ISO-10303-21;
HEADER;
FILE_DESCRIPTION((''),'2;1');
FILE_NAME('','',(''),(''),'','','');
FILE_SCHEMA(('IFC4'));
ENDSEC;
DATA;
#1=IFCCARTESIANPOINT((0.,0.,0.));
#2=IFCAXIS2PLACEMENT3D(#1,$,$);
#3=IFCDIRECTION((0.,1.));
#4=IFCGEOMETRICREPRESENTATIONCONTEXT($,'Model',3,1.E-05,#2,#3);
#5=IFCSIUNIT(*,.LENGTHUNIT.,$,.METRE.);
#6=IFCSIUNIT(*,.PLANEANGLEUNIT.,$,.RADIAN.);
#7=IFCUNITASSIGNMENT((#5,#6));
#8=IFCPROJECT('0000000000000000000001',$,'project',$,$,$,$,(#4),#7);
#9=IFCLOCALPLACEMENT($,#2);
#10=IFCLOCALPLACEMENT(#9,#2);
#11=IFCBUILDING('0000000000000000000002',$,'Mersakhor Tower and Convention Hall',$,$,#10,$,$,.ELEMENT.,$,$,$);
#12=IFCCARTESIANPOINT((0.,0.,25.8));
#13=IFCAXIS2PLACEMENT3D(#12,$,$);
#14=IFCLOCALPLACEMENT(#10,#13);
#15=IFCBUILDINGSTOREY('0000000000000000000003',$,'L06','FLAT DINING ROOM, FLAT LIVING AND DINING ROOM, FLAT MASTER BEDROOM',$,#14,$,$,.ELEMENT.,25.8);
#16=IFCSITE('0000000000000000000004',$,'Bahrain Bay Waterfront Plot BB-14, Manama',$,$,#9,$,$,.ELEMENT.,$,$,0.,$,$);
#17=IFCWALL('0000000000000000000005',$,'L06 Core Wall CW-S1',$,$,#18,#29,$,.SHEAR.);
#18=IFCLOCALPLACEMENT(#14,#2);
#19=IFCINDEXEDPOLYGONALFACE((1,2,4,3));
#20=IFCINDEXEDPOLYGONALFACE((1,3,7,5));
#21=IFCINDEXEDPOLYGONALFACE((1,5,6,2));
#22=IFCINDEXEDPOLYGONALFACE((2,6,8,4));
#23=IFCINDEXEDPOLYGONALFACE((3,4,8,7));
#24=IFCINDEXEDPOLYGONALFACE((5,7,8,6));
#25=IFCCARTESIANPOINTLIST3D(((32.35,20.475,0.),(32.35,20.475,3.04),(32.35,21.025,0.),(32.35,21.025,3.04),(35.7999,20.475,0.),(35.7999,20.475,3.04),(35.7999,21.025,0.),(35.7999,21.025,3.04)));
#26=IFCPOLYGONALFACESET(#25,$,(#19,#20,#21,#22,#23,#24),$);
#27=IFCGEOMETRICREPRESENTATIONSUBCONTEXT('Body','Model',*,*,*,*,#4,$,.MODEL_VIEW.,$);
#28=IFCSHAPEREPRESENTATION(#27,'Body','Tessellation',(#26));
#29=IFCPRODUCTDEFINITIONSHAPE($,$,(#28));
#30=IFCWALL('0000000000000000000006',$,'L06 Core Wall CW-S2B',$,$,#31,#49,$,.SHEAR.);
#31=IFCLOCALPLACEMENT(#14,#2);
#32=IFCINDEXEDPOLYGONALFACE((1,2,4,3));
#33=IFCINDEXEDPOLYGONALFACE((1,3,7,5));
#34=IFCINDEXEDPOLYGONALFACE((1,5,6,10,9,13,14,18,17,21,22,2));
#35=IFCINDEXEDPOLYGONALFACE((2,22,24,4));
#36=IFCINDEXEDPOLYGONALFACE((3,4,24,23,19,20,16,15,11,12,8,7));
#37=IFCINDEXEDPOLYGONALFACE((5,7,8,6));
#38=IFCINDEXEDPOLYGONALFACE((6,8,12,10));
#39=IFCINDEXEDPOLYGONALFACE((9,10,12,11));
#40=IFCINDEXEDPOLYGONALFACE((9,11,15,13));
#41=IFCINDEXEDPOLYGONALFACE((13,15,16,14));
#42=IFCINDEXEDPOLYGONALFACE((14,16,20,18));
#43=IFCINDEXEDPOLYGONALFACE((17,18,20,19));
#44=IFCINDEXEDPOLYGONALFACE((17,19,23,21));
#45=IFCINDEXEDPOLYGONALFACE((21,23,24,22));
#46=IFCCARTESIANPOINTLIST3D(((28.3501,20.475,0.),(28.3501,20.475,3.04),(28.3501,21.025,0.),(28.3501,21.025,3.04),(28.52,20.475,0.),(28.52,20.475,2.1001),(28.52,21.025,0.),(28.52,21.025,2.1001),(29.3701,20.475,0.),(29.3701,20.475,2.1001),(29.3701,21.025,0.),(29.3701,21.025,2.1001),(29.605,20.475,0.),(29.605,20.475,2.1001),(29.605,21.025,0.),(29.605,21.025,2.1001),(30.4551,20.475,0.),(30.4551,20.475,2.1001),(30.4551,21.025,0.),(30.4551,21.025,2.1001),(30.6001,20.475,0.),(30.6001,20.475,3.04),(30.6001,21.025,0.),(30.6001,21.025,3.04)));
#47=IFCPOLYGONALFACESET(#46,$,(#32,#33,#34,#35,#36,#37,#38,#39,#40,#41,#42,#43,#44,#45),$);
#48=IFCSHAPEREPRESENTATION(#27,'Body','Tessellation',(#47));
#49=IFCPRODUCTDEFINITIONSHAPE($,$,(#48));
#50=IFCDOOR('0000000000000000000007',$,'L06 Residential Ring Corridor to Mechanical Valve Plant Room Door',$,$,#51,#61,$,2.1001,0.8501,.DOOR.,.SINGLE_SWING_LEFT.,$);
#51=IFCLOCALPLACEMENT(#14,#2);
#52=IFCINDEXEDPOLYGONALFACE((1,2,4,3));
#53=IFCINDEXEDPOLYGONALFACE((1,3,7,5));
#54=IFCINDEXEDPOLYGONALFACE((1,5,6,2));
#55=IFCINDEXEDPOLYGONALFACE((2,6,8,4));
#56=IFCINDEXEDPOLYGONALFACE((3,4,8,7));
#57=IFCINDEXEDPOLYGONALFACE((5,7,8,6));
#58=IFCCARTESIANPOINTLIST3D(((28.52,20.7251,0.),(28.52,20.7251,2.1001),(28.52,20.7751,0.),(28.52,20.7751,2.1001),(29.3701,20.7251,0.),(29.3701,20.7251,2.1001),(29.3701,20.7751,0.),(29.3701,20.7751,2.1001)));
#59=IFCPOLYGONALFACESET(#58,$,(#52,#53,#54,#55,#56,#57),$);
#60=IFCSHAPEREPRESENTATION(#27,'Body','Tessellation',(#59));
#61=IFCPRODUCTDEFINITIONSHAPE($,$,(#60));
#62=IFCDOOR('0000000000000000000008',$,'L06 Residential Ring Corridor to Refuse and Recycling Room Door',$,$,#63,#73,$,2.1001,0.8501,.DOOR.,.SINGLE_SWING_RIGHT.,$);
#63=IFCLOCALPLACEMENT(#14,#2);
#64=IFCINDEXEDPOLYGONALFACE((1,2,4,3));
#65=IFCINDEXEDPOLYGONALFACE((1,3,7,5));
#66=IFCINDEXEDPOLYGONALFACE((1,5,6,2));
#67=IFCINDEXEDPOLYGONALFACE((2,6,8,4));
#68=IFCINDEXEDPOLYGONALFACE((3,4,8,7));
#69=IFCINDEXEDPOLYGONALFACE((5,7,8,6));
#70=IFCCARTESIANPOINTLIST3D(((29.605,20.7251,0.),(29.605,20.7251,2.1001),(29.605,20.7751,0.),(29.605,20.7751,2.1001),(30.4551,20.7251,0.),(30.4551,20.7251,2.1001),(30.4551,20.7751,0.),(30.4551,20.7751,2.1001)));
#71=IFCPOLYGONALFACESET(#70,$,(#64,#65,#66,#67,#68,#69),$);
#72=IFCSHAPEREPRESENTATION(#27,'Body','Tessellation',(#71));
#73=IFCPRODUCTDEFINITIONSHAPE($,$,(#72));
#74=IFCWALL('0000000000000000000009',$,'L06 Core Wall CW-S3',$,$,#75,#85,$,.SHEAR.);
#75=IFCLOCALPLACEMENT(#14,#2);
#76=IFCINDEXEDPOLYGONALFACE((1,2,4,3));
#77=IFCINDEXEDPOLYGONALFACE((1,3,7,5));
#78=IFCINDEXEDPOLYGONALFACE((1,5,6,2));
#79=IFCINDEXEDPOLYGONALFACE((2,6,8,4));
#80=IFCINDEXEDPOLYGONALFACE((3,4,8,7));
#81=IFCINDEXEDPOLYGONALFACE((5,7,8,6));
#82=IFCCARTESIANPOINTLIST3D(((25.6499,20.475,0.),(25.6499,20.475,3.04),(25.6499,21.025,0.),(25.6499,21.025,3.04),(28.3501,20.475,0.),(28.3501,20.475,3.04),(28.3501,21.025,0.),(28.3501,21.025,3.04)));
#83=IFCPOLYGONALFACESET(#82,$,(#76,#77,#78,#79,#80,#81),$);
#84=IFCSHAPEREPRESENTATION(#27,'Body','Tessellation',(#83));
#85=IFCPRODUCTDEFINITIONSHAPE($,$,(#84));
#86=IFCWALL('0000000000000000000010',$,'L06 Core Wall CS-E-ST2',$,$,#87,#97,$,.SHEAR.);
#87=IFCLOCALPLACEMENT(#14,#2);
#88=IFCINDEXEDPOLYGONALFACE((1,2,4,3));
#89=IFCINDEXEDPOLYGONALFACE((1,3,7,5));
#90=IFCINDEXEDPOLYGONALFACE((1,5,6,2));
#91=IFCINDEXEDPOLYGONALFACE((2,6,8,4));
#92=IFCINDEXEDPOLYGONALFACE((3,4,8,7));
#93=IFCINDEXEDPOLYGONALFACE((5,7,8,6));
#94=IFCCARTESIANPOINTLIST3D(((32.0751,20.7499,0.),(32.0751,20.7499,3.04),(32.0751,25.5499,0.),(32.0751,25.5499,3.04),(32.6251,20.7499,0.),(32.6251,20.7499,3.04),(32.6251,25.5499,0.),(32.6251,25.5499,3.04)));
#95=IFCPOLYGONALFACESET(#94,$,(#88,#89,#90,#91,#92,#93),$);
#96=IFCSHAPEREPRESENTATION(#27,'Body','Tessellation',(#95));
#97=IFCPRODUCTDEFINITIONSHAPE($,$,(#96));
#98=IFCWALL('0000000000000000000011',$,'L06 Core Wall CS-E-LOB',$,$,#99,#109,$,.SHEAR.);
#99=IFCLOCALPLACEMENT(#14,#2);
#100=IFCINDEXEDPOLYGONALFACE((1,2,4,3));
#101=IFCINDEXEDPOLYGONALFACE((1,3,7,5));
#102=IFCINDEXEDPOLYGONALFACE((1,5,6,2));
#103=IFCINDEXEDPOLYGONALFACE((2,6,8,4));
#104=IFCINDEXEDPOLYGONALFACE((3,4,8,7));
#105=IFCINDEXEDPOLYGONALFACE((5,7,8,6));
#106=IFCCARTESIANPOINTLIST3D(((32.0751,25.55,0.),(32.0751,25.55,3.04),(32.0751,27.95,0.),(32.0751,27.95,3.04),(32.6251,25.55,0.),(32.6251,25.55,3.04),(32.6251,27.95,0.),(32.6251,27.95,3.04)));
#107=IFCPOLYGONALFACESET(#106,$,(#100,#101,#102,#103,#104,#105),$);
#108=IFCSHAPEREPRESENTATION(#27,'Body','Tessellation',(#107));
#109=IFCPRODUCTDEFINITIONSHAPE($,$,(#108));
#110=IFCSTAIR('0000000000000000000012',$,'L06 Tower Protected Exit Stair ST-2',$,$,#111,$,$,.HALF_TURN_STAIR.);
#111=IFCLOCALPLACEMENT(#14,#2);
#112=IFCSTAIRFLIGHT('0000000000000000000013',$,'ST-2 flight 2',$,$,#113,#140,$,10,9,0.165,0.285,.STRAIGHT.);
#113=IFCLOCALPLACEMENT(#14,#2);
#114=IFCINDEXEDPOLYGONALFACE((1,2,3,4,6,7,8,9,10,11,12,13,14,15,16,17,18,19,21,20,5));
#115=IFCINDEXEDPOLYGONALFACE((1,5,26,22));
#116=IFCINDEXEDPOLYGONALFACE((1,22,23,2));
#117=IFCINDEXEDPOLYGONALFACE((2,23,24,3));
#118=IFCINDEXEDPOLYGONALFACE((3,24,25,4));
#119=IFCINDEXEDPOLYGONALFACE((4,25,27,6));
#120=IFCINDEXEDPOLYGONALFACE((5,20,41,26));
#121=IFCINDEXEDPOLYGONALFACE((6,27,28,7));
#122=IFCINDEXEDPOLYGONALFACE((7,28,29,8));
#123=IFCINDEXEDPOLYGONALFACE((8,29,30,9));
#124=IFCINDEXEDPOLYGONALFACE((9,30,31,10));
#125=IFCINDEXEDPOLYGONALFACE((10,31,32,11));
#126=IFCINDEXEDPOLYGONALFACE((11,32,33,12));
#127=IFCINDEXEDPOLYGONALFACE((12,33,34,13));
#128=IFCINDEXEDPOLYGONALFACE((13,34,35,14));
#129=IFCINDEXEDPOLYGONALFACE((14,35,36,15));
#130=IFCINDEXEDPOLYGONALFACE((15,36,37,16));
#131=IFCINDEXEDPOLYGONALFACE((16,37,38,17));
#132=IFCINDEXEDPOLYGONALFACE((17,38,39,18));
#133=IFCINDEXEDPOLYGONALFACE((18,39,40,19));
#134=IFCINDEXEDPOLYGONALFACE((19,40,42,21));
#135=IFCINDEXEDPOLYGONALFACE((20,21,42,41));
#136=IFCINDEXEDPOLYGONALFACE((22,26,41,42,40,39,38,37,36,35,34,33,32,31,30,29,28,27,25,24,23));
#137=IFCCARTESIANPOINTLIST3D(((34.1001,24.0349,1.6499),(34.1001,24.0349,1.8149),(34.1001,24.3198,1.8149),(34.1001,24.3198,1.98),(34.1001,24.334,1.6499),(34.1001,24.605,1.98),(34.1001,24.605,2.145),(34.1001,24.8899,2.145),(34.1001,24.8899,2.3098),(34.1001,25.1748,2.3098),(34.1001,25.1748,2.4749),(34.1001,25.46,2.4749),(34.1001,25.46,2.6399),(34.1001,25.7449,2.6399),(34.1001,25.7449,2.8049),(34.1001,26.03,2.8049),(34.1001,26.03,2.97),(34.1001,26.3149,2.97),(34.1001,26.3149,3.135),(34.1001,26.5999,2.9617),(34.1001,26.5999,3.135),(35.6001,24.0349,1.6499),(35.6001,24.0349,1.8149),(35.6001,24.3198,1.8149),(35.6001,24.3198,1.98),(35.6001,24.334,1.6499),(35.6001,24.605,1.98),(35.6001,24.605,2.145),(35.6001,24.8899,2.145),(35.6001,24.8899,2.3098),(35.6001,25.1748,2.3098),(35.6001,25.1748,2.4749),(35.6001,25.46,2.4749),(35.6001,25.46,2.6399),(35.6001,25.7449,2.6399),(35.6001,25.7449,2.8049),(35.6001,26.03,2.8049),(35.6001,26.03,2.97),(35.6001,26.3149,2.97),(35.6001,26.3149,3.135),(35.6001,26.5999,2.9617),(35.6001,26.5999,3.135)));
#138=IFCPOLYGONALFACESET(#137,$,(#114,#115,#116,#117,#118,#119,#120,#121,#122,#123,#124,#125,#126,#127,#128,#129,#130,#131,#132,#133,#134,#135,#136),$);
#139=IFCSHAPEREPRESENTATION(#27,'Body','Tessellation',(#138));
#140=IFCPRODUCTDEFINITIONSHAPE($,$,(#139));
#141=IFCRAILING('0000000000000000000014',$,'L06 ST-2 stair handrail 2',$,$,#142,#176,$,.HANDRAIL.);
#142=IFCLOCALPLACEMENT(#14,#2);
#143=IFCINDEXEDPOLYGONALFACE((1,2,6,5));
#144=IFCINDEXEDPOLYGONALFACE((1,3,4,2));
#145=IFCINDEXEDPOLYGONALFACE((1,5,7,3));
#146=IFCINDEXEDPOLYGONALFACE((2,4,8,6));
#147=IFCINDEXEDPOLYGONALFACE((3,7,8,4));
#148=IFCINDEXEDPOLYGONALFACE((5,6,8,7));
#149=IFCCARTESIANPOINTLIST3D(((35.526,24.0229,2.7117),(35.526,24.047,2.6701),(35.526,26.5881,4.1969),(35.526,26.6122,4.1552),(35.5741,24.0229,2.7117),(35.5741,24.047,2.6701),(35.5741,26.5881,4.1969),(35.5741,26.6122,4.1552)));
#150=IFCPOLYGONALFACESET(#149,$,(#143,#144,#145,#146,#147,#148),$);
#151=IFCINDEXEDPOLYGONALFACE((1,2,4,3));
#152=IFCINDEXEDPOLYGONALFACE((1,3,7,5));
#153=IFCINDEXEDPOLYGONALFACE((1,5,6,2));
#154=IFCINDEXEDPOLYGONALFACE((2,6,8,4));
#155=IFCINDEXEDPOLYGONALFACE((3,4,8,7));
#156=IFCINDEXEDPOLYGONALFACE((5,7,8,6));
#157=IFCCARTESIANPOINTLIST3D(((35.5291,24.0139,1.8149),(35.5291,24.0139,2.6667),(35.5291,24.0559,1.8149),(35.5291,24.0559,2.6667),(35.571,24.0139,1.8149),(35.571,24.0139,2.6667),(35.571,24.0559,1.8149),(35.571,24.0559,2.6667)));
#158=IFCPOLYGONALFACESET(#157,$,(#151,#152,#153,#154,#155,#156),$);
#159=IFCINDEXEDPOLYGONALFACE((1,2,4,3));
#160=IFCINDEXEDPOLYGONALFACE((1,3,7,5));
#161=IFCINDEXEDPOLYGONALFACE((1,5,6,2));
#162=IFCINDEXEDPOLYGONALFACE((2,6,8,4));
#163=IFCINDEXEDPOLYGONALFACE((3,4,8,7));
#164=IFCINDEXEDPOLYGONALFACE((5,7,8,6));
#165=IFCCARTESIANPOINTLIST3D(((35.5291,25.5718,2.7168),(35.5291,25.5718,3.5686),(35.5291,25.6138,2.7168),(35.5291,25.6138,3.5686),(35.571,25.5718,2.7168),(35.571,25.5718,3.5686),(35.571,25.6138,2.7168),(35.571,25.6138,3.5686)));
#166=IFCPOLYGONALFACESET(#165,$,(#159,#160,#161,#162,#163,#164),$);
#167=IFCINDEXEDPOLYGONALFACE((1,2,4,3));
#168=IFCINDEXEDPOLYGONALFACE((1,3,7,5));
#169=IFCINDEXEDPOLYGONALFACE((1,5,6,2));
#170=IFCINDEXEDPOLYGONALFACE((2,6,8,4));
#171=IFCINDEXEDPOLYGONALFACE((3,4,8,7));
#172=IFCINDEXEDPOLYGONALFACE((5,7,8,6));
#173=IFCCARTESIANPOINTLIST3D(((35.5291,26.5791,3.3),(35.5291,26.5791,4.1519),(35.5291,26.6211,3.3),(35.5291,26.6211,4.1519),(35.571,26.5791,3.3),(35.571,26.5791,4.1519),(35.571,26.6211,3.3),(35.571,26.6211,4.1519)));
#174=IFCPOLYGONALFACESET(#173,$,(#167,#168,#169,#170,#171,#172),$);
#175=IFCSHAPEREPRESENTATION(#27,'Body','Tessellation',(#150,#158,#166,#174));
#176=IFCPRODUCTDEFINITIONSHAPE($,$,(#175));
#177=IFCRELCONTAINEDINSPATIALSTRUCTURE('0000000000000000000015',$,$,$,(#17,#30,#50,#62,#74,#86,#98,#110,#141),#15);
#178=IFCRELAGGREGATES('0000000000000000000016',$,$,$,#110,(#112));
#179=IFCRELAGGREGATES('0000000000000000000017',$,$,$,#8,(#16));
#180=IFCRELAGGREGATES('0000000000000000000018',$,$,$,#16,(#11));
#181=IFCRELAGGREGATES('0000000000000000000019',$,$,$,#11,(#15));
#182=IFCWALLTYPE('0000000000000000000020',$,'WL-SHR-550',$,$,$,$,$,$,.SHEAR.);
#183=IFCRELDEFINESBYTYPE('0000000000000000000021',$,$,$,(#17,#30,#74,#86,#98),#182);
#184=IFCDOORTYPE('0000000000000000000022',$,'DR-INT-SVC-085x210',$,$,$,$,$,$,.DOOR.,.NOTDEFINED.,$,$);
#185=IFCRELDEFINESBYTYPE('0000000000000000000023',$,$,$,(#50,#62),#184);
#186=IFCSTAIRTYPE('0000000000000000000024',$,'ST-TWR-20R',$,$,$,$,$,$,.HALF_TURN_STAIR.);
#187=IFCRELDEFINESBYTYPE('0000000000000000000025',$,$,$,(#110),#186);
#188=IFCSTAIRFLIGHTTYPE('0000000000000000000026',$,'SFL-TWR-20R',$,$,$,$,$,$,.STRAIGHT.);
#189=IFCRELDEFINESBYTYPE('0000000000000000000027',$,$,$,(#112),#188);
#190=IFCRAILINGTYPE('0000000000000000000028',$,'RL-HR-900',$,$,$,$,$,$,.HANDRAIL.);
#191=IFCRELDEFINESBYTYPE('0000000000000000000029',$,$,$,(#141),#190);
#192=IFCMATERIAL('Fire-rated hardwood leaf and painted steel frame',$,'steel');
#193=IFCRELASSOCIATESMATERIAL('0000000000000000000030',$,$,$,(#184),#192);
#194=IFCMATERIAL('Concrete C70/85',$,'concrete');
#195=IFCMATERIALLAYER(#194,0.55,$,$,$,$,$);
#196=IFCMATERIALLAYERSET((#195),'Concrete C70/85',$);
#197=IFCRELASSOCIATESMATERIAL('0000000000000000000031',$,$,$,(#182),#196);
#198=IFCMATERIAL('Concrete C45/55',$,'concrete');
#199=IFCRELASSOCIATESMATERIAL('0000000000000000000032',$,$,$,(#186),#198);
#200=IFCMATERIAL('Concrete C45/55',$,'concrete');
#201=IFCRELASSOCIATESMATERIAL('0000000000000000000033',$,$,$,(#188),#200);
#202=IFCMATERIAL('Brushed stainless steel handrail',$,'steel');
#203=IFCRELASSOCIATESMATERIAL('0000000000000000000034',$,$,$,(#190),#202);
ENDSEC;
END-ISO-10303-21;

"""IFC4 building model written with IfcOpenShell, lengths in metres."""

from ifc_helpers import new_model, si_unit, direction, frame, frame_2d, origin, origin_2d, place, context, subcontext, project, spatial, polyline, rectangle, outline, extrude, material, layer, layer_set, type_object, element, fill, aggregate, save


model = new_model("IFC4")

# Units and contexts
model_context = context("Model", 3, precision=1e-05, world=origin(), true_north=direction((0.0, 1.0)))
body_context = subcontext(model_context, "Body", "Model", "MODEL_VIEW")
ifc_project = project(units=[si_unit("LENGTHUNIT", "METRE"), si_unit("PLANEANGLEUNIT", "RADIAN")], contexts=[model_context])

# Site, building, storey
site_placement = place(None, origin())
site = spatial("IfcSite", under=ifc_project, at=site_placement, Name="Bahrain Bay Waterfront Plot BB-14, Manama", CompositionType="ELEMENT", RefElevation=0.0)
building_placement = place(site_placement, origin())
building = spatial("IfcBuilding", under=site, at=building_placement, Name="Mersakhor Tower and Convention Hall", CompositionType="ELEMENT")
storey_placement = place(building_placement, frame((0.0, 0.0, 25.8)))
storey = spatial("IfcBuildingStorey", under=building, at=storey_placement, Name="L06", Description="FLAT DINING ROOM, FLAT LIVING AND DINING ROOM, FLAT MASTER BEDROOM", CompositionType="ELEMENT", Elevation=25.8)

# Shared definitions
ifc_material_1 = material(Name="Fire-rated hardwood leaf and painted steel frame", Category="steel")
door_type_1 = type_object("IfcDoorType", Name="DR-INT-SVC-085x210", OperationType="NOTDEFINED", PredefinedType="DOOR", material=ifc_material_1)

# Wall
ifc_material_2 = material(Name="Concrete C70/85", Category="concrete")
ifc_layer_1 = layer(ifc_material_2, 0.55)
ifc_layer_set_1 = layer_set([ifc_layer_1], Name="Concrete C70/85")
wall_type_1 = type_object("IfcWallType", Name="WL-SHR-550", PredefinedType="SHEAR", material=ifc_layer_set_1)
wall_1_placement = place(storey_placement, frame((35.8, 20.75, 0.0), z_axis=(0.0, 0.0, 1.0), x_axis=(-1.0, 0.0, 0.0)))
element("IfcWall", 1, at=wall_1_placement, inside=storey, type_object=wall_type_1, Name="L06 Core Wall CW-S1", PredefinedType="SHEAR", context=body_context, shape_type="SweptSolid", body=[
    extrude(rectangle(XDim=3.45, YDim=0.55, at=frame_2d((1.7251, 0.0))), origin(), (0.0, 0.0, 1.0), 3.04),
])

# Wall, openings, doors
wall_2_placement = place(storey_placement, frame((30.6001, 20.75, 0.0), z_axis=(0.0, 0.0, 1.0), x_axis=(-1.0, 0.0, 0.0)))
wall_2 = element("IfcWall", 2, at=wall_2_placement, inside=storey, type_object=wall_type_1, Name="L06 Core Wall CW-S2B", PredefinedType="SHEAR", context=body_context, shape_type="SweptSolid", body=[
    extrude(rectangle(XDim=2.25, YDim=0.55, at=frame_2d((1.125, 0.0))), origin(), (0.0, 0.0, 1.0), 3.04),
])
opening_1_placement = place(wall_2_placement, frame((1.23, 0.0, 0.0)))
opening_1 = element("IfcOpeningElement", 3, at=opening_1_placement, cuts=wall_2, PredefinedType="OPENING", context=body_context, shape_type="SweptSolid", body=[
    extrude(rectangle(XDim=0.8501, YDim=2.1001, at=frame_2d((0.425, 1.05))), frame((0.0, 0.2849, 0.0), z_axis=(0.0, -1.0, 0.0), x_axis=(1.0, 0.0, 0.0)), (0.0, 0.0, 1.0), 0.5701),
])
opening_2_placement = place(wall_2_placement, frame((0.145, 0.0, 0.0)))
opening_2 = element("IfcOpeningElement", 4, at=opening_2_placement, cuts=wall_2, PredefinedType="OPENING", context=body_context, shape_type="SweptSolid", body=[
    extrude(rectangle(XDim=0.8501, YDim=2.1001, at=frame_2d((0.425, 1.05))), frame((0.0, 0.2849, 0.0), z_axis=(0.0, -1.0, 0.0), x_axis=(1.0, 0.0, 0.0)), (0.0, 0.0, 1.0), 0.5701),
])
door_1_placement = place(opening_1_placement, origin())
door_1 = element("IfcDoor", 5, at=door_1_placement, inside=storey, type_object=door_type_1, Name="L06 Residential Ring Corridor to Mechanical Valve Plant Room Door", OperationType="SINGLE_SWING_LEFT", OverallHeight=2.1001, OverallWidth=0.8501, PredefinedType="DOOR", context=body_context, shape_type="SweptSolid", body=[
    extrude(rectangle(XDim=0.8501, YDim=2.1001, at=frame_2d((0.425, 1.05))), frame((0.0, 0.0249, 0.0), z_axis=(0.0, -1.0, 0.0), x_axis=(1.0, 0.0, 0.0)), (0.0, 0.0, 1.0), 0.05),
])
fill(opening_1, door_1)
door_2_placement = place(opening_2_placement, origin())
door_2 = element("IfcDoor", 6, at=door_2_placement, inside=storey, type_object=door_type_1, Name="L06 Residential Ring Corridor to Refuse and Recycling Room Door", OperationType="SINGLE_SWING_RIGHT", OverallHeight=2.1001, OverallWidth=0.8501, PredefinedType="DOOR", context=body_context, shape_type="SweptSolid", body=[
    extrude(rectangle(XDim=0.8501, YDim=2.1001, at=frame_2d((0.425, 1.05))), frame((0.0, 0.0249, 0.0), z_axis=(0.0, -1.0, 0.0), x_axis=(1.0, 0.0, 0.0)), (0.0, 0.0, 1.0), 0.05),
])
fill(opening_2, door_2)

# Walls
wall_3_placement = place(storey_placement, frame((28.3501, 20.75, 0.0), z_axis=(0.0, 0.0, 1.0), x_axis=(-1.0, 0.0, 0.0)))
element("IfcWall", 7, at=wall_3_placement, inside=storey, type_object=wall_type_1, Name="L06 Core Wall CW-S3", PredefinedType="SHEAR", context=body_context, shape_type="SweptSolid", body=[
    extrude(rectangle(XDim=2.7002, YDim=0.55, at=frame_2d((1.3501, 0.0))), origin(), (0.0, 0.0, 1.0), 3.04),
])
wall_4_placement = place(storey_placement, frame((32.3501, 20.75, 0.0), z_axis=(0.0, 0.0, 1.0), x_axis=(0.0, 1.0, 0.0)))
element("IfcWall", 8, at=wall_4_placement, inside=storey, type_object=wall_type_1, Name="L06 Core Wall CS-E-ST2", PredefinedType="SHEAR", context=body_context, shape_type="SweptSolid", body=[
    extrude(rectangle(XDim=4.8, YDim=0.55, at=frame_2d((2.3999, 0.0))), origin(), (0.0, 0.0, 1.0), 3.04),
])
wall_5_placement = place(storey_placement, frame((32.3501, 25.55, 0.0), z_axis=(0.0, 0.0, 1.0), x_axis=(0.0, 1.0, 0.0)))
element("IfcWall", 9, at=wall_5_placement, inside=storey, type_object=wall_type_1, Name="L06 Core Wall CS-E-LOB", PredefinedType="SHEAR", context=body_context, shape_type="SweptSolid", body=[
    extrude(rectangle(XDim=2.3999, YDim=0.55, at=frame_2d((1.2, 0.0))), origin(), (0.0, 0.0, 1.0), 3.04),
])

# Stair, stair flight
ifc_material_3 = material(Name="Concrete C45/55", Category="concrete")
stair_type = type_object("IfcStairType", Name="ST-TWR-20R", PredefinedType="HALF_TURN_STAIR", material=ifc_material_3)
stair_placement = place(storey_placement, origin())
stair = element("IfcStair", 10, at=stair_placement, inside=storey, type_object=stair_type, Name="L06 Tower Protected Exit Stair ST-2", PredefinedType="HALF_TURN_STAIR")
ifc_material_4 = material(Name="Concrete C45/55", Category="concrete")
stair_flight_type = type_object("IfcStairFlightType", Name="SFL-TWR-20R", PredefinedType="STRAIGHT", material=ifc_material_4)
stair_flight_placement = place(storey_placement, frame((34.8501, 24.0349, 1.6499), z_axis=(0.0, 0.0, 1.0), x_axis=(0.0, 1.0, 0.0)))
stair_flight = element("IfcStairFlight", 11, at=stair_flight_placement, type_object=stair_flight_type, Name="ST-2 flight 2", NumberOfRisers=10, NumberOfTreads=9, PredefinedType="STRAIGHT", RiserHeight=0.165, TreadLength=0.285, context=body_context, shape_type="SweptSolid", body=[
    extrude(outline(polyline([(0.0, 0.0), (0.0, 0.165), (0.2849, 0.165), (0.2849, 0.3301), (0.5701, 0.3301), (0.5701, 0.4951), (0.855, 0.4951), (0.855, 0.6599), (1.1399, 0.6599), (1.1399, 0.825), (1.425, 0.825), (1.425, 0.99), (1.71, 0.99), (1.71, 1.155), (1.9951, 1.155), (1.9951, 1.3201), (2.28, 1.3201), (2.28, 1.4851), (2.5649, 1.4851), (2.5649, 1.6499), (2.5649, 1.3118), (0.2991, 0.0), (0.0, 0.0)])), frame((0.0, 0.75, 0.0), z_axis=(0.0, -1.0, 0.0), x_axis=(1.0, 0.0, 0.0)), (0.0, 0.0, 1.0), 1.5),
])
aggregate(stair, [stair_flight])

# Railing
ifc_material_5 = material(Name="Brushed stainless steel handrail", Category="steel")
railing_type_1 = type_object("IfcRailingType", Name="RL-HR-900", PredefinedType="HANDRAIL", material=ifc_material_5)
railing_1_placement = place(storey_placement, frame((35.55, 24.0349, 1.8149)))
element("IfcRailing", 12, at=railing_1_placement, inside=storey, type_object=railing_type_1, Name="L06 ST-2 stair handrail 2", PredefinedType="HANDRAIL", context=body_context, shape_type="SweptSolid", body=[
    extrude(rectangle(XDim=0.0481, YDim=0.0481, at=origin_2d()), frame((0.0, 0.0, 0.876), z_axis=(0.0, 0.865426, 0.501036), x_axis=(-1.0, 0.0, 0.0)), (0.0, 0.0, 1.0), 2.9641),
    extrude(rectangle(XDim=0.042, YDim=0.042, at=origin_2d()), origin(), (0.0, 0.0, 1.0), 0.8518),
    extrude(rectangle(XDim=0.042, YDim=0.042, at=origin_2d()), frame((0.0, 1.5579, 0.9019)), (0.0, 0.0, 1.0), 0.8518),
    extrude(rectangle(XDim=0.042, YDim=0.042, at=origin_2d()), frame((0.0, 2.5652, 1.4851)), (0.0, 0.0, 1.0), 0.8518),
])

save(model, "model.ifc")
